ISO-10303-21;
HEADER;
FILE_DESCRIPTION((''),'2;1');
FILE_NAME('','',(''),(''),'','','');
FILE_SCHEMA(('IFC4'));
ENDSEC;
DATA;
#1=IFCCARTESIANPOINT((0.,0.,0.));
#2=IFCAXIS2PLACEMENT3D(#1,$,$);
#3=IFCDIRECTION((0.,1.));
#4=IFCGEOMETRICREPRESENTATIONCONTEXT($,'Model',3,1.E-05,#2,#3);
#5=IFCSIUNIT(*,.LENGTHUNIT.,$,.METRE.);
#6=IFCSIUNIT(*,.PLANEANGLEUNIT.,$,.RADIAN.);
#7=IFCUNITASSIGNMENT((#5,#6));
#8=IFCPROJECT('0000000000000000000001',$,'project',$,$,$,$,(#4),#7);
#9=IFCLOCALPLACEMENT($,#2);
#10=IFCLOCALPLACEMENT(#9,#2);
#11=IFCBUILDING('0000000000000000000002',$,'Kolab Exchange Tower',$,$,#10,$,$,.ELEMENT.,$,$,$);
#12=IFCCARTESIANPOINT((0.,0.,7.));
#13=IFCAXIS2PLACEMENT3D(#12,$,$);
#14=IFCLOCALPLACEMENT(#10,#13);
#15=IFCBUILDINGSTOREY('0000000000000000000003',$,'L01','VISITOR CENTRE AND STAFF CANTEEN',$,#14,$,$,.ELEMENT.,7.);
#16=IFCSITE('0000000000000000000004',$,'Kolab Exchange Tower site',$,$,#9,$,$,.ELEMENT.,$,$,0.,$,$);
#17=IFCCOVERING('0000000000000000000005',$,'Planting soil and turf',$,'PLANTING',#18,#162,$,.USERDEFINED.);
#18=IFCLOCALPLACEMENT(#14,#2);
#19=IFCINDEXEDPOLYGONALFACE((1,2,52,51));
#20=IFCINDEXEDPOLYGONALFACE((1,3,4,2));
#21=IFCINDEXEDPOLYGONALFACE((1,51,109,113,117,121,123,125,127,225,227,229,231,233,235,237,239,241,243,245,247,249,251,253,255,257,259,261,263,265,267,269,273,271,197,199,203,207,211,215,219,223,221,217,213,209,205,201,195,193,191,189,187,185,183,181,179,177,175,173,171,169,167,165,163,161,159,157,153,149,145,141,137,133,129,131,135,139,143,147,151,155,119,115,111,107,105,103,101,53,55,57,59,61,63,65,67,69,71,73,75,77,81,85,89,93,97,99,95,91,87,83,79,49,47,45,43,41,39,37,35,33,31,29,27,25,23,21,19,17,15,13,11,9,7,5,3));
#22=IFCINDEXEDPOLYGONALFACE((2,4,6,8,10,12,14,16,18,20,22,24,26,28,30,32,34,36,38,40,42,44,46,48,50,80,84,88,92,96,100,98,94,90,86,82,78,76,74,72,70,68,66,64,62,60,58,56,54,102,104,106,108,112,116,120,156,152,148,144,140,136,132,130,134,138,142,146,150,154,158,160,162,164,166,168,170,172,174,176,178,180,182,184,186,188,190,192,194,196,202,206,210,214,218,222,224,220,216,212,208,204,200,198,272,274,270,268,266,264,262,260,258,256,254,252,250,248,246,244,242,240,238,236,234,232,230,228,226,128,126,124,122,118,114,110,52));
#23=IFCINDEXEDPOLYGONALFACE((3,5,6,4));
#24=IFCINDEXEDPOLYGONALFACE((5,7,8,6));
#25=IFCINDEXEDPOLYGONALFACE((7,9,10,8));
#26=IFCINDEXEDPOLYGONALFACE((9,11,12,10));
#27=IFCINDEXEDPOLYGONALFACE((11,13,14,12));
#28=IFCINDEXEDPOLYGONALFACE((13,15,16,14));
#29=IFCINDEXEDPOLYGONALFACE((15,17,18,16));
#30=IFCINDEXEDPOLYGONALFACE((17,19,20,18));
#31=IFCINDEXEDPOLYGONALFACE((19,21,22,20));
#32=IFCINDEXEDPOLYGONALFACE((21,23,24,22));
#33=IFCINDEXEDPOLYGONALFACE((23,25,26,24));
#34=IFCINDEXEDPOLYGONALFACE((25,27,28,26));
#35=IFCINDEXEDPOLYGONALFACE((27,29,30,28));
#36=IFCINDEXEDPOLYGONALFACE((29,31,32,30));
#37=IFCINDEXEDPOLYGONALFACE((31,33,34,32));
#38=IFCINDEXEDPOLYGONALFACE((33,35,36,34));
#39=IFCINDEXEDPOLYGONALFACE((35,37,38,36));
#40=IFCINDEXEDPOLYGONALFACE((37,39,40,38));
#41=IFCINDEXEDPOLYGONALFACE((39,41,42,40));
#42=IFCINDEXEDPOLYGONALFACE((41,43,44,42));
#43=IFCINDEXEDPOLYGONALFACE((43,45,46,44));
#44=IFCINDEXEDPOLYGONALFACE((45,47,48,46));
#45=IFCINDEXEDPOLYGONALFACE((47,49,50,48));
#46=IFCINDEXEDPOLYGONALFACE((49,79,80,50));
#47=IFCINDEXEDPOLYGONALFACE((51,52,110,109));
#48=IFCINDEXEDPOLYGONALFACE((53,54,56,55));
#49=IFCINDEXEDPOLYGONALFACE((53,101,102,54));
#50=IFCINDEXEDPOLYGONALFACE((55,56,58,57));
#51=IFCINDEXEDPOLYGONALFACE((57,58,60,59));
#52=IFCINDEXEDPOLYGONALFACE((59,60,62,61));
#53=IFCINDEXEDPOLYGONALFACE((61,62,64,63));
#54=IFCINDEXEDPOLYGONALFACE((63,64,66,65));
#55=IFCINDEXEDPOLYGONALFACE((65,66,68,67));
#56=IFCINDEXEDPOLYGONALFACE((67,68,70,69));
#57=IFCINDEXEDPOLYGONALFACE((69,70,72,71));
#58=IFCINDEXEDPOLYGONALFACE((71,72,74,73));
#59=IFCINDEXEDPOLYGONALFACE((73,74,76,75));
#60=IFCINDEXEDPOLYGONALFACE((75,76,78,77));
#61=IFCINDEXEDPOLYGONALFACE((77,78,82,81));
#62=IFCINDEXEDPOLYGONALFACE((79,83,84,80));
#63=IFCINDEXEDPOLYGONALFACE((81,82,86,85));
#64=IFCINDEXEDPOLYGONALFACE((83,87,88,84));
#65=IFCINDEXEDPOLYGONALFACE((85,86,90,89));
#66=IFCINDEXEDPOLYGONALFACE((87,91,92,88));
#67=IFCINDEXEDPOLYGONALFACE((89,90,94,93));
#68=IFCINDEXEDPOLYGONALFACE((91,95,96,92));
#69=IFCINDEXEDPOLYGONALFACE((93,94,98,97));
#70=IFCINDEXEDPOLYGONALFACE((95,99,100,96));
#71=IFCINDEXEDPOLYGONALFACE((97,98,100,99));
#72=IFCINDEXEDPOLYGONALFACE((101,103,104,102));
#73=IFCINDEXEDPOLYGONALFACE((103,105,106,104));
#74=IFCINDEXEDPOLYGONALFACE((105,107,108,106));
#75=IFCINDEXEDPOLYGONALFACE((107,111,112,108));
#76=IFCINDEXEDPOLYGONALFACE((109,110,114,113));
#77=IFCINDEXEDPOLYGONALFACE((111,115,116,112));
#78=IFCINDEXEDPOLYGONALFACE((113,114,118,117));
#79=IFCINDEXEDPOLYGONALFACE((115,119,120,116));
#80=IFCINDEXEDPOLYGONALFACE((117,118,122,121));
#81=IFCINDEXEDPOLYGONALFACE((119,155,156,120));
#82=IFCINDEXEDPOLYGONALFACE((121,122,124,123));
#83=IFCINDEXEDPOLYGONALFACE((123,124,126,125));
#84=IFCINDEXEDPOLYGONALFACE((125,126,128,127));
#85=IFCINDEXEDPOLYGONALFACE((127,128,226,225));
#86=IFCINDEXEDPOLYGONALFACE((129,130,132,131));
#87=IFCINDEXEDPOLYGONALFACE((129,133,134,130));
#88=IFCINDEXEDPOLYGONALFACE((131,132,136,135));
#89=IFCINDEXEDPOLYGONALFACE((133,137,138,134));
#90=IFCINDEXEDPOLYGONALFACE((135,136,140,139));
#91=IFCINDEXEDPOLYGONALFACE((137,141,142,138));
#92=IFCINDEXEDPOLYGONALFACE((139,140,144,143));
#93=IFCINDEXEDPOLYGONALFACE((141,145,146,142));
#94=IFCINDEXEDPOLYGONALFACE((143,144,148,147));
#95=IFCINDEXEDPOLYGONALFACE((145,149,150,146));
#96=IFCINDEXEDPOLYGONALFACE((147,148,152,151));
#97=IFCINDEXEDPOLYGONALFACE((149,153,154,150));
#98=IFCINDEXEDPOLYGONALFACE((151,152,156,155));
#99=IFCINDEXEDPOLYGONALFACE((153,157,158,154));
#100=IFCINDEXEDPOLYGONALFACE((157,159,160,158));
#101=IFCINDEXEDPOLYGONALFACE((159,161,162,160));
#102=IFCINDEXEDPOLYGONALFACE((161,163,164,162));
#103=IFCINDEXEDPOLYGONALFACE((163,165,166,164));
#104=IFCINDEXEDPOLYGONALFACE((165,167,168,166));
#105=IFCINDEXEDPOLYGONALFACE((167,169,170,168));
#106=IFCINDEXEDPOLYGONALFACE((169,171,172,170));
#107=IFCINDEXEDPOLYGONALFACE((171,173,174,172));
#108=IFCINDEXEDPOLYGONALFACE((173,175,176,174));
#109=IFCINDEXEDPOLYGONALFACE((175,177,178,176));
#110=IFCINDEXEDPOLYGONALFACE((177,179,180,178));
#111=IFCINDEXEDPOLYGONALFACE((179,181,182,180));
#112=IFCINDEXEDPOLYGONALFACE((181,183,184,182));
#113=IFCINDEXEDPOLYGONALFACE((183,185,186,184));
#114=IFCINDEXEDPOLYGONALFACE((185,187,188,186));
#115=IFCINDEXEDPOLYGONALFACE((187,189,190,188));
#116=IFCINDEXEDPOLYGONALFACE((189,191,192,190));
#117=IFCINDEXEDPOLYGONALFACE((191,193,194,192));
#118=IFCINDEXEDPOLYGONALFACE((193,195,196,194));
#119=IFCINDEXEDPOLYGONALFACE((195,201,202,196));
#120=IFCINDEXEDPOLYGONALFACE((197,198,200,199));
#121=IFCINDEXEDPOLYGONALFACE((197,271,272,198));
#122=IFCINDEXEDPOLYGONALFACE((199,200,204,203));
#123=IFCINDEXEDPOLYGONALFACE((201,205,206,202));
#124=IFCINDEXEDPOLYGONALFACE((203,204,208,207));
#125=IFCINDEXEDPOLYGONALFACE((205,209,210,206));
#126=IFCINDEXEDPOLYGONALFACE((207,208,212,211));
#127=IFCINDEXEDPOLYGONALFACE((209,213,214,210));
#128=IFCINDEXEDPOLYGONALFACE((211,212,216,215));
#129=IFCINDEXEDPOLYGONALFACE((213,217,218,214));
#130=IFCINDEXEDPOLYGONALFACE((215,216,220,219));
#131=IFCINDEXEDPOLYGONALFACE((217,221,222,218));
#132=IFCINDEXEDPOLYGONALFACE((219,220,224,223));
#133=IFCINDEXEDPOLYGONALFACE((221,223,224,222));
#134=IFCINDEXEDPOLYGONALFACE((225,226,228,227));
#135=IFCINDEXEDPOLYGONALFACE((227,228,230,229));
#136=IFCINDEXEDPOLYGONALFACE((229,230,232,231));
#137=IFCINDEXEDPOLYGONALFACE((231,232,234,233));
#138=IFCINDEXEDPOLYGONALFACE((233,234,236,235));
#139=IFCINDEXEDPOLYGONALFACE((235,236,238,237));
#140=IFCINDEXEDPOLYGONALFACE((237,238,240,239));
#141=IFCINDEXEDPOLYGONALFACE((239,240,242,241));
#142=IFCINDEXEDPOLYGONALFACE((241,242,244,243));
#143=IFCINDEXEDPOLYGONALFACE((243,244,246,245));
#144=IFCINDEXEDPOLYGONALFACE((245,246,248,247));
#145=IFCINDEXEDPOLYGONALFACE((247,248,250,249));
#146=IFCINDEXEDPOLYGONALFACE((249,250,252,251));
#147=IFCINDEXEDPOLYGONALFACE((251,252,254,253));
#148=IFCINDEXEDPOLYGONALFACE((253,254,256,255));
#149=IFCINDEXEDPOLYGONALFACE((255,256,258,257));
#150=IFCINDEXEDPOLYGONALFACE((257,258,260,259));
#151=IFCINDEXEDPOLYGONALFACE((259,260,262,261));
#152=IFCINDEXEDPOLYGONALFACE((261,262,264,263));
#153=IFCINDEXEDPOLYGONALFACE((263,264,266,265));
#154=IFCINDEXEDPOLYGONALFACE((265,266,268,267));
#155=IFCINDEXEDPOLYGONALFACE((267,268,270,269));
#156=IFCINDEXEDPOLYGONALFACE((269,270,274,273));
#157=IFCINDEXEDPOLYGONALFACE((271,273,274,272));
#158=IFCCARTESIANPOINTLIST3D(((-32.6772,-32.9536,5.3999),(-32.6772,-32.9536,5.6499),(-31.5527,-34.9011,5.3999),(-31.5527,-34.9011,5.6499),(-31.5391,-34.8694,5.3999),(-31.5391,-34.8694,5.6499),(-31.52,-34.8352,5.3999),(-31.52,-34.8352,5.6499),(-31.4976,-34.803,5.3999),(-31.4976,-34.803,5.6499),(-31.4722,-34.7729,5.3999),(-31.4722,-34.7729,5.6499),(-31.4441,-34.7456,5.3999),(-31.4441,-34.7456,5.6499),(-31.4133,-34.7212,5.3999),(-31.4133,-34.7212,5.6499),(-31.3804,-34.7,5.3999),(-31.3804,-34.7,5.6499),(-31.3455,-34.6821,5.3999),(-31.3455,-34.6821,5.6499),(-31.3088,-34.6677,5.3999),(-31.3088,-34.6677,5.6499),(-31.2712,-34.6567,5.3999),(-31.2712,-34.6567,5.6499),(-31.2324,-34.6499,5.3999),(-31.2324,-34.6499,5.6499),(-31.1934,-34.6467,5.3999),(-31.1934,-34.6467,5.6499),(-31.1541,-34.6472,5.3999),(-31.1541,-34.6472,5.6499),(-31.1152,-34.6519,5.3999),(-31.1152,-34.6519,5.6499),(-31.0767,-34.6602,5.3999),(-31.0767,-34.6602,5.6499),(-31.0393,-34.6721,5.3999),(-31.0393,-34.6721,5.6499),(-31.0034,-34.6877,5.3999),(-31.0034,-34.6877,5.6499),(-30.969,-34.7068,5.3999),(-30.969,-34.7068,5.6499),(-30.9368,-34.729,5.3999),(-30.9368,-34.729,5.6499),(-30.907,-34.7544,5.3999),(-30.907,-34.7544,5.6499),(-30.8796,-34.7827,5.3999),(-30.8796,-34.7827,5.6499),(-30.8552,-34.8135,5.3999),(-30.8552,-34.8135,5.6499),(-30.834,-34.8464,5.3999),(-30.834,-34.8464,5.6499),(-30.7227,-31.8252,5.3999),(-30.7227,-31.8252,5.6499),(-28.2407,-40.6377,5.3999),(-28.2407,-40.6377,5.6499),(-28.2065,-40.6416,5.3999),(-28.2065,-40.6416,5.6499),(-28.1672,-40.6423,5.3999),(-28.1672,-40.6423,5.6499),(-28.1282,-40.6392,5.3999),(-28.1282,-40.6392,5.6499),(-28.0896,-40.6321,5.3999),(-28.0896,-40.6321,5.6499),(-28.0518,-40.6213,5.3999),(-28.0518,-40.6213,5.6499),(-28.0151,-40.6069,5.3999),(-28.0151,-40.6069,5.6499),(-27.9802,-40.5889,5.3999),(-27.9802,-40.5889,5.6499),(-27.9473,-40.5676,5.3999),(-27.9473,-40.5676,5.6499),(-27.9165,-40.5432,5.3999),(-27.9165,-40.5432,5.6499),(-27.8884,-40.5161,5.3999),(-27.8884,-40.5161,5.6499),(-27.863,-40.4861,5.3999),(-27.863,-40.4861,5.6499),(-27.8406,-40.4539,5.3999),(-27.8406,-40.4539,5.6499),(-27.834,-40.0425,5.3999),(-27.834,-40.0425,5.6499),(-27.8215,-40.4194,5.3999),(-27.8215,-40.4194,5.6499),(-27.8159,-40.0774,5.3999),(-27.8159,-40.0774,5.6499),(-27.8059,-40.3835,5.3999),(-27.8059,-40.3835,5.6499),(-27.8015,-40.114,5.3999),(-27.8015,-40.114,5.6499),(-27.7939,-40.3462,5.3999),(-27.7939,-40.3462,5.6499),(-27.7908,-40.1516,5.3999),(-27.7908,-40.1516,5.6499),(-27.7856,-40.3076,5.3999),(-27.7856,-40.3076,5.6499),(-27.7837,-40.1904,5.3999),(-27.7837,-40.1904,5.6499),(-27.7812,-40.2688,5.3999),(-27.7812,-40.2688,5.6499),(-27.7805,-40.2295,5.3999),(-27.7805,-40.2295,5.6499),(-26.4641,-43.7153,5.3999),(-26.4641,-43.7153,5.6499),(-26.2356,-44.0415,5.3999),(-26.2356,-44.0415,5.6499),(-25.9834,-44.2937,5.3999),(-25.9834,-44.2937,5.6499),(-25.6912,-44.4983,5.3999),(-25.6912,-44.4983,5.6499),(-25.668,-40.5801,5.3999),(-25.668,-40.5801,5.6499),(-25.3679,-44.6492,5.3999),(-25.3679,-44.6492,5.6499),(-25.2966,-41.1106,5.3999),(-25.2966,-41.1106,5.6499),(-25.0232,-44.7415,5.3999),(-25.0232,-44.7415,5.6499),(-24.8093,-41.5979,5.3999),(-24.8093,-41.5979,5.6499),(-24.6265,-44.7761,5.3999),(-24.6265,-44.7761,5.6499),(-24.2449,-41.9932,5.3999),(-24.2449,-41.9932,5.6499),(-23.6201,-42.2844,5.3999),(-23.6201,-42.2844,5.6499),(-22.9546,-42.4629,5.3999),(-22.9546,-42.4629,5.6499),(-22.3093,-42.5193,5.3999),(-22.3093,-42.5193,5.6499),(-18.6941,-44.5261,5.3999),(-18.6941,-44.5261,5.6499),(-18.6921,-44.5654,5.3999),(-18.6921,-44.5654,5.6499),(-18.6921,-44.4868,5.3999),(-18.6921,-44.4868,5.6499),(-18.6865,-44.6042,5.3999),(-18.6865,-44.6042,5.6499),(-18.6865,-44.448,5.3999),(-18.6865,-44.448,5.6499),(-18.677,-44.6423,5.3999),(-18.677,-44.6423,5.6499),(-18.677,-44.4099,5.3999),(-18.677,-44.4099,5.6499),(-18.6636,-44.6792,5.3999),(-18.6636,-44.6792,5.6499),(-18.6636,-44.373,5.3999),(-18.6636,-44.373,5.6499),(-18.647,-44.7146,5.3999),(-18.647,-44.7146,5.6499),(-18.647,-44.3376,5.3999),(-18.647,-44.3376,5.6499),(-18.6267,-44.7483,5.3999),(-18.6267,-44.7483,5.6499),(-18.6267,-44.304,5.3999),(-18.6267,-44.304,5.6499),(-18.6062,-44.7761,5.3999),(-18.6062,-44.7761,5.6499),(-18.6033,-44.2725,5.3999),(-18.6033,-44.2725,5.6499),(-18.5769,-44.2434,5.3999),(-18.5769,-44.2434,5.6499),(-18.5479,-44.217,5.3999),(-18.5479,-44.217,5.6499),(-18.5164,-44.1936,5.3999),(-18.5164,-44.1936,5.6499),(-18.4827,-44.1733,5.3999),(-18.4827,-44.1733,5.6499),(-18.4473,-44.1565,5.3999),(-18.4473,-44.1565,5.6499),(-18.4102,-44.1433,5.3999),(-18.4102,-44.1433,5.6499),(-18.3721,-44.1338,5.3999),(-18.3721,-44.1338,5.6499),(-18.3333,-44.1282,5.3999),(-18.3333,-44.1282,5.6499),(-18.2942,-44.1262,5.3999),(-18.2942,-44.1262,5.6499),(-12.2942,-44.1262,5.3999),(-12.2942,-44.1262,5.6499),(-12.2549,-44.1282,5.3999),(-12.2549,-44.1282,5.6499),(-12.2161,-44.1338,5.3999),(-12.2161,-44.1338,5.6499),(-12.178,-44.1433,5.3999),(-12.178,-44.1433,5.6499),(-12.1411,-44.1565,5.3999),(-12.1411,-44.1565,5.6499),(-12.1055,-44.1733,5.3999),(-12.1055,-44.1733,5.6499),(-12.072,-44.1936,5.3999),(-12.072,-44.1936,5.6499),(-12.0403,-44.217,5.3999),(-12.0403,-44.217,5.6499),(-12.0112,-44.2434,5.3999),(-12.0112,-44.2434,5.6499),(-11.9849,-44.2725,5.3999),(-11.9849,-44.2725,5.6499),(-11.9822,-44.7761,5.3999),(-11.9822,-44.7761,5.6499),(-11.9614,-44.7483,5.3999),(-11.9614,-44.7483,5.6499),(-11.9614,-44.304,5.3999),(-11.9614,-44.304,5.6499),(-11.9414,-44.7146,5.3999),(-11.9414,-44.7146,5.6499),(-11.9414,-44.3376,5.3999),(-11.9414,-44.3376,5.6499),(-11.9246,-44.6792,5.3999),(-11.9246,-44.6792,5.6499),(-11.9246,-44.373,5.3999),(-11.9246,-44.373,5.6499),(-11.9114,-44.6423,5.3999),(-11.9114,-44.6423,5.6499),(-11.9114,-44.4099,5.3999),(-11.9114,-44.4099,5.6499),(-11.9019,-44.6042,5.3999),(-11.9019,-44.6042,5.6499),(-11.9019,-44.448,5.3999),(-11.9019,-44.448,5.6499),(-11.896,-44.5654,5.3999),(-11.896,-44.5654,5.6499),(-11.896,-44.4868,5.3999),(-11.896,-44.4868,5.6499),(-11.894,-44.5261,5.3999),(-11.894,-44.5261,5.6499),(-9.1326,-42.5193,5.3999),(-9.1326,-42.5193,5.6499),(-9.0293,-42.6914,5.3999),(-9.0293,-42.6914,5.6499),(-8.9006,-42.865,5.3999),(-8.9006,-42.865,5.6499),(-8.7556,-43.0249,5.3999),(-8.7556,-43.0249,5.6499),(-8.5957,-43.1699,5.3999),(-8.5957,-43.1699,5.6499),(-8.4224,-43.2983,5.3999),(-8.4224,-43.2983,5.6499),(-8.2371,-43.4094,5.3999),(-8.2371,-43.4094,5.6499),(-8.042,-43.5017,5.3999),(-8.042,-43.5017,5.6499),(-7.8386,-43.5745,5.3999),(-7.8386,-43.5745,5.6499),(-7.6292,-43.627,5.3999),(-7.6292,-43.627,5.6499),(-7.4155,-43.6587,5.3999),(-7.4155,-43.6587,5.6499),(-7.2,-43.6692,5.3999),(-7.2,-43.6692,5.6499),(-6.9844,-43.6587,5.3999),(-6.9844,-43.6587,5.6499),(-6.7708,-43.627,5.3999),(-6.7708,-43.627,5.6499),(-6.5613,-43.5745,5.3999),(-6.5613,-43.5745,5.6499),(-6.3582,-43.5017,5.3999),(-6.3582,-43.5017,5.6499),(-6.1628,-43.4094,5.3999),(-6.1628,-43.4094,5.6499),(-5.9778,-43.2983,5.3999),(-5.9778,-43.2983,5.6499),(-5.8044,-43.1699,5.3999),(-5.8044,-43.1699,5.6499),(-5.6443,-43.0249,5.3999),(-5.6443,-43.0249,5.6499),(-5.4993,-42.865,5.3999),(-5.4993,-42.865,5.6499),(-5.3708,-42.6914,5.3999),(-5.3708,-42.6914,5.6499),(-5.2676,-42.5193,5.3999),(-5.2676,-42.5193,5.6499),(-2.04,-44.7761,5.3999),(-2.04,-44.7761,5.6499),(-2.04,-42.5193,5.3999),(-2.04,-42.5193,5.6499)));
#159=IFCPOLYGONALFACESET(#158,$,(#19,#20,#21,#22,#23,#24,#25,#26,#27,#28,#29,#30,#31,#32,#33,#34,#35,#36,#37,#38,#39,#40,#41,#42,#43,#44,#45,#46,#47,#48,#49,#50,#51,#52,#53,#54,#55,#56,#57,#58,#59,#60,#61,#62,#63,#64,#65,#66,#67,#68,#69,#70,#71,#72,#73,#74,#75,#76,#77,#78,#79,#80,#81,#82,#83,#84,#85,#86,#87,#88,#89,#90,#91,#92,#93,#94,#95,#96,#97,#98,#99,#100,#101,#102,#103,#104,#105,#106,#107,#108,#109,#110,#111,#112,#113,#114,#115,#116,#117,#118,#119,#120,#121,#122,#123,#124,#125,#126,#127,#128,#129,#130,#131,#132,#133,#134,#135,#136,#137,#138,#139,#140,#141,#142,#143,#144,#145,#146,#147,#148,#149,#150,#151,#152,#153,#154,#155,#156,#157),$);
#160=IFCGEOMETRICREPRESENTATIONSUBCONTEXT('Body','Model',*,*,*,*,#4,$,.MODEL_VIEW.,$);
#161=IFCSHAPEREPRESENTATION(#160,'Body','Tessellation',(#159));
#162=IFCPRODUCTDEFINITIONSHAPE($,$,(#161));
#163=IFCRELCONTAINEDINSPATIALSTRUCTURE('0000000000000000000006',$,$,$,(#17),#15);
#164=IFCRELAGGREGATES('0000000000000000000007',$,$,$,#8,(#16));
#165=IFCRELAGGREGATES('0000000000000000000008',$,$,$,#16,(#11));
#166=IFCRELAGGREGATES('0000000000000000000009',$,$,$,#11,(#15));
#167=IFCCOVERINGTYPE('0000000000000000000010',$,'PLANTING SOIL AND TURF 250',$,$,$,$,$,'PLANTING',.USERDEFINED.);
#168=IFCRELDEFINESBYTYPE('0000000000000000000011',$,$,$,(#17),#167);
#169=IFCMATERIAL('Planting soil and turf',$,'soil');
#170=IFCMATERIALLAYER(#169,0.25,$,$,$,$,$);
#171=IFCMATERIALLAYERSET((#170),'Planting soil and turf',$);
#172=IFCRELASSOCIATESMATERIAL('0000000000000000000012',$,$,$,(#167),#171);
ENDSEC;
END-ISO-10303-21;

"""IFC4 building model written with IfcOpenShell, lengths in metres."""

from ifc_helpers import new_model, si_unit, direction, frame, origin, place, context, subcontext, project, spatial, polyline, outline, extrude, material, layer, layer_set, type_object, element, save


model = new_model("IFC4")

# Units and contexts
model_context = context("Model", 3, precision=1e-05, world=origin(), true_north=direction((0.0, 1.0)))
body_context = subcontext(model_context, "Body", "Model", "MODEL_VIEW")
ifc_project = project(units=[si_unit("LENGTHUNIT", "METRE"), si_unit("PLANEANGLEUNIT", "RADIAN")], contexts=[model_context])

# Site, building, storey
site_placement = place(None, origin())
site = spatial("IfcSite", under=ifc_project, at=site_placement, Name="Kolab Exchange Tower site", CompositionType="ELEMENT", RefElevation=0.0)
building_placement = place(site_placement, origin())
building = spatial("IfcBuilding", under=site, at=building_placement, Name="Kolab Exchange Tower", CompositionType="ELEMENT")
storey_placement = place(building_placement, frame((0.0, 0.0, 7.0)))
storey = spatial("IfcBuildingStorey", under=building, at=storey_placement, Name="L01", Description="VISITOR CENTRE AND STAFF CANTEEN", CompositionType="ELEMENT", Elevation=7.0)

# Covering
ifc_material_1 = material(Name="Planting soil and turf", Category="soil")
ifc_layer_1 = layer(ifc_material_1, 0.25)
ifc_layer_set_1 = layer_set([ifc_layer_1], Name="Planting soil and turf")
covering_type_1 = type_object("IfcCoveringType", Name="PLANTING SOIL AND TURF 250", ElementType="PLANTING", PredefinedType="USERDEFINED", material=ifc_layer_set_1)
covering_1_placement = place(storey_placement, frame((0.0, 0.0, 5.3999)))
element("IfcCovering", 1, at=covering_1_placement, inside=storey, type_object=covering_type_1, Name="Planting soil and turf", ObjectType="PLANTING", PredefinedType="USERDEFINED", context=body_context, shape_type="SweptSolid", body=[
    extrude(outline(polyline([(-25.668, -40.5801), (-25.2966, -41.1106), (-24.8093, -41.5979), (-24.2449, -41.9932), (-23.6201, -42.2844), (-22.9546, -42.4629), (-22.3093, -42.5193), (-9.1326, -42.5193), (-9.0293, -42.6914), (-8.9006, -42.865), (-8.7556, -43.0249), (-8.5957, -43.1699), (-8.4224, -43.2983), (-8.2371, -43.4094), (-8.042, -43.5017), (-7.8386, -43.5745), (-7.6292, -43.627), (-7.4155, -43.6587), (-7.2, -43.6692), (-6.9844, -43.6587), (-6.7708, -43.627), (-6.5613, -43.5745), (-6.3582, -43.5017), (-6.1628, -43.4094), (-5.9778, -43.2983), (-5.8044, -43.1699), (-5.6443, -43.0249), (-5.4993, -42.865), (-5.3708, -42.6914), (-5.2676, -42.5193), (-2.04, -42.5193), (-2.04, -44.7761), (-11.9822, -44.7761), (-11.9614, -44.7483), (-11.9414, -44.7146), (-11.9246, -44.6792), (-11.9114, -44.6423), (-11.9019, -44.6042), (-11.896, -44.5654), (-11.894, -44.5261), (-11.896, -44.4868), (-11.9019, -44.448), (-11.9114, -44.4099), (-11.9246, -44.373), (-11.9414, -44.3376), (-11.9614, -44.304), (-11.9849, -44.2725), (-12.0112, -44.2434), (-12.0403, -44.217), (-12.072, -44.1936), (-12.1055, -44.1733), (-12.1411, -44.1565), (-12.178, -44.1433), (-12.2161, -44.1338), (-12.2549, -44.1282), (-12.2942, -44.1262), (-18.2942, -44.1262), (-18.3333, -44.1282), (-18.3721, -44.1338), (-18.4102, -44.1433), (-18.4473, -44.1565), (-18.4827, -44.1733), (-18.5164, -44.1936), (-18.5479, -44.217), (-18.5769, -44.2434), (-18.6033, -44.2725), (-18.6267, -44.304), (-18.647, -44.3376), (-18.6636, -44.373), (-18.677, -44.4099), (-18.6865, -44.448), (-18.6921, -44.4868), (-18.6941, -44.5261), (-18.6921, -44.5654), (-18.6865, -44.6042), (-18.677, -44.6423), (-18.6636, -44.6792), (-18.647, -44.7146), (-18.6267, -44.7483), (-18.6062, -44.7761), (-24.6265, -44.7761), (-25.0232, -44.7415), (-25.3679, -44.6492), (-25.6912, -44.4983), (-25.9834, -44.2937), (-26.2356, -44.0415), (-26.4641, -43.7153), (-28.2407, -40.6377), (-28.2065, -40.6416), (-28.1672, -40.6423), (-28.1282, -40.6392), (-28.0896, -40.6321), (-28.0518, -40.6213), (-28.0151, -40.6069), (-27.9802, -40.5889), (-27.9473, -40.5676), (-27.9165, -40.5432), (-27.8884, -40.5161), (-27.863, -40.4861), (-27.8406, -40.4539), (-27.8215, -40.4194), (-27.8059, -40.3835), (-27.7939, -40.3462), (-27.7856, -40.3076), (-27.7812, -40.2688), (-27.7805, -40.2295), (-27.7837, -40.1904), (-27.7908, -40.1516), (-27.8015, -40.114), (-27.8159, -40.0774), (-27.834, -40.0425), (-30.834, -34.8464), (-30.8552, -34.8135), (-30.8796, -34.7827), (-30.907, -34.7544), (-30.9368, -34.729), (-30.969, -34.7068), (-31.0034, -34.6877), (-31.0393, -34.6721), (-31.0767, -34.6602), (-31.1152, -34.6519), (-31.1541, -34.6472), (-31.1934, -34.6467), (-31.2324, -34.6499), (-31.2712, -34.6567), (-31.3088, -34.6677), (-31.3455, -34.6821), (-31.3804, -34.7), (-31.4133, -34.7212), (-31.4441, -34.7456), (-31.4722, -34.7729), (-31.4976, -34.803), (-31.52, -34.8352), (-31.5391, -34.8694), (-31.5527, -34.9011), (-32.6772, -32.9536), (-30.7227, -31.8252), (-25.668, -40.5801)])), origin(), (0.0, 0.0, 1.0), 0.25),
])

save(model, "model.ifc")
